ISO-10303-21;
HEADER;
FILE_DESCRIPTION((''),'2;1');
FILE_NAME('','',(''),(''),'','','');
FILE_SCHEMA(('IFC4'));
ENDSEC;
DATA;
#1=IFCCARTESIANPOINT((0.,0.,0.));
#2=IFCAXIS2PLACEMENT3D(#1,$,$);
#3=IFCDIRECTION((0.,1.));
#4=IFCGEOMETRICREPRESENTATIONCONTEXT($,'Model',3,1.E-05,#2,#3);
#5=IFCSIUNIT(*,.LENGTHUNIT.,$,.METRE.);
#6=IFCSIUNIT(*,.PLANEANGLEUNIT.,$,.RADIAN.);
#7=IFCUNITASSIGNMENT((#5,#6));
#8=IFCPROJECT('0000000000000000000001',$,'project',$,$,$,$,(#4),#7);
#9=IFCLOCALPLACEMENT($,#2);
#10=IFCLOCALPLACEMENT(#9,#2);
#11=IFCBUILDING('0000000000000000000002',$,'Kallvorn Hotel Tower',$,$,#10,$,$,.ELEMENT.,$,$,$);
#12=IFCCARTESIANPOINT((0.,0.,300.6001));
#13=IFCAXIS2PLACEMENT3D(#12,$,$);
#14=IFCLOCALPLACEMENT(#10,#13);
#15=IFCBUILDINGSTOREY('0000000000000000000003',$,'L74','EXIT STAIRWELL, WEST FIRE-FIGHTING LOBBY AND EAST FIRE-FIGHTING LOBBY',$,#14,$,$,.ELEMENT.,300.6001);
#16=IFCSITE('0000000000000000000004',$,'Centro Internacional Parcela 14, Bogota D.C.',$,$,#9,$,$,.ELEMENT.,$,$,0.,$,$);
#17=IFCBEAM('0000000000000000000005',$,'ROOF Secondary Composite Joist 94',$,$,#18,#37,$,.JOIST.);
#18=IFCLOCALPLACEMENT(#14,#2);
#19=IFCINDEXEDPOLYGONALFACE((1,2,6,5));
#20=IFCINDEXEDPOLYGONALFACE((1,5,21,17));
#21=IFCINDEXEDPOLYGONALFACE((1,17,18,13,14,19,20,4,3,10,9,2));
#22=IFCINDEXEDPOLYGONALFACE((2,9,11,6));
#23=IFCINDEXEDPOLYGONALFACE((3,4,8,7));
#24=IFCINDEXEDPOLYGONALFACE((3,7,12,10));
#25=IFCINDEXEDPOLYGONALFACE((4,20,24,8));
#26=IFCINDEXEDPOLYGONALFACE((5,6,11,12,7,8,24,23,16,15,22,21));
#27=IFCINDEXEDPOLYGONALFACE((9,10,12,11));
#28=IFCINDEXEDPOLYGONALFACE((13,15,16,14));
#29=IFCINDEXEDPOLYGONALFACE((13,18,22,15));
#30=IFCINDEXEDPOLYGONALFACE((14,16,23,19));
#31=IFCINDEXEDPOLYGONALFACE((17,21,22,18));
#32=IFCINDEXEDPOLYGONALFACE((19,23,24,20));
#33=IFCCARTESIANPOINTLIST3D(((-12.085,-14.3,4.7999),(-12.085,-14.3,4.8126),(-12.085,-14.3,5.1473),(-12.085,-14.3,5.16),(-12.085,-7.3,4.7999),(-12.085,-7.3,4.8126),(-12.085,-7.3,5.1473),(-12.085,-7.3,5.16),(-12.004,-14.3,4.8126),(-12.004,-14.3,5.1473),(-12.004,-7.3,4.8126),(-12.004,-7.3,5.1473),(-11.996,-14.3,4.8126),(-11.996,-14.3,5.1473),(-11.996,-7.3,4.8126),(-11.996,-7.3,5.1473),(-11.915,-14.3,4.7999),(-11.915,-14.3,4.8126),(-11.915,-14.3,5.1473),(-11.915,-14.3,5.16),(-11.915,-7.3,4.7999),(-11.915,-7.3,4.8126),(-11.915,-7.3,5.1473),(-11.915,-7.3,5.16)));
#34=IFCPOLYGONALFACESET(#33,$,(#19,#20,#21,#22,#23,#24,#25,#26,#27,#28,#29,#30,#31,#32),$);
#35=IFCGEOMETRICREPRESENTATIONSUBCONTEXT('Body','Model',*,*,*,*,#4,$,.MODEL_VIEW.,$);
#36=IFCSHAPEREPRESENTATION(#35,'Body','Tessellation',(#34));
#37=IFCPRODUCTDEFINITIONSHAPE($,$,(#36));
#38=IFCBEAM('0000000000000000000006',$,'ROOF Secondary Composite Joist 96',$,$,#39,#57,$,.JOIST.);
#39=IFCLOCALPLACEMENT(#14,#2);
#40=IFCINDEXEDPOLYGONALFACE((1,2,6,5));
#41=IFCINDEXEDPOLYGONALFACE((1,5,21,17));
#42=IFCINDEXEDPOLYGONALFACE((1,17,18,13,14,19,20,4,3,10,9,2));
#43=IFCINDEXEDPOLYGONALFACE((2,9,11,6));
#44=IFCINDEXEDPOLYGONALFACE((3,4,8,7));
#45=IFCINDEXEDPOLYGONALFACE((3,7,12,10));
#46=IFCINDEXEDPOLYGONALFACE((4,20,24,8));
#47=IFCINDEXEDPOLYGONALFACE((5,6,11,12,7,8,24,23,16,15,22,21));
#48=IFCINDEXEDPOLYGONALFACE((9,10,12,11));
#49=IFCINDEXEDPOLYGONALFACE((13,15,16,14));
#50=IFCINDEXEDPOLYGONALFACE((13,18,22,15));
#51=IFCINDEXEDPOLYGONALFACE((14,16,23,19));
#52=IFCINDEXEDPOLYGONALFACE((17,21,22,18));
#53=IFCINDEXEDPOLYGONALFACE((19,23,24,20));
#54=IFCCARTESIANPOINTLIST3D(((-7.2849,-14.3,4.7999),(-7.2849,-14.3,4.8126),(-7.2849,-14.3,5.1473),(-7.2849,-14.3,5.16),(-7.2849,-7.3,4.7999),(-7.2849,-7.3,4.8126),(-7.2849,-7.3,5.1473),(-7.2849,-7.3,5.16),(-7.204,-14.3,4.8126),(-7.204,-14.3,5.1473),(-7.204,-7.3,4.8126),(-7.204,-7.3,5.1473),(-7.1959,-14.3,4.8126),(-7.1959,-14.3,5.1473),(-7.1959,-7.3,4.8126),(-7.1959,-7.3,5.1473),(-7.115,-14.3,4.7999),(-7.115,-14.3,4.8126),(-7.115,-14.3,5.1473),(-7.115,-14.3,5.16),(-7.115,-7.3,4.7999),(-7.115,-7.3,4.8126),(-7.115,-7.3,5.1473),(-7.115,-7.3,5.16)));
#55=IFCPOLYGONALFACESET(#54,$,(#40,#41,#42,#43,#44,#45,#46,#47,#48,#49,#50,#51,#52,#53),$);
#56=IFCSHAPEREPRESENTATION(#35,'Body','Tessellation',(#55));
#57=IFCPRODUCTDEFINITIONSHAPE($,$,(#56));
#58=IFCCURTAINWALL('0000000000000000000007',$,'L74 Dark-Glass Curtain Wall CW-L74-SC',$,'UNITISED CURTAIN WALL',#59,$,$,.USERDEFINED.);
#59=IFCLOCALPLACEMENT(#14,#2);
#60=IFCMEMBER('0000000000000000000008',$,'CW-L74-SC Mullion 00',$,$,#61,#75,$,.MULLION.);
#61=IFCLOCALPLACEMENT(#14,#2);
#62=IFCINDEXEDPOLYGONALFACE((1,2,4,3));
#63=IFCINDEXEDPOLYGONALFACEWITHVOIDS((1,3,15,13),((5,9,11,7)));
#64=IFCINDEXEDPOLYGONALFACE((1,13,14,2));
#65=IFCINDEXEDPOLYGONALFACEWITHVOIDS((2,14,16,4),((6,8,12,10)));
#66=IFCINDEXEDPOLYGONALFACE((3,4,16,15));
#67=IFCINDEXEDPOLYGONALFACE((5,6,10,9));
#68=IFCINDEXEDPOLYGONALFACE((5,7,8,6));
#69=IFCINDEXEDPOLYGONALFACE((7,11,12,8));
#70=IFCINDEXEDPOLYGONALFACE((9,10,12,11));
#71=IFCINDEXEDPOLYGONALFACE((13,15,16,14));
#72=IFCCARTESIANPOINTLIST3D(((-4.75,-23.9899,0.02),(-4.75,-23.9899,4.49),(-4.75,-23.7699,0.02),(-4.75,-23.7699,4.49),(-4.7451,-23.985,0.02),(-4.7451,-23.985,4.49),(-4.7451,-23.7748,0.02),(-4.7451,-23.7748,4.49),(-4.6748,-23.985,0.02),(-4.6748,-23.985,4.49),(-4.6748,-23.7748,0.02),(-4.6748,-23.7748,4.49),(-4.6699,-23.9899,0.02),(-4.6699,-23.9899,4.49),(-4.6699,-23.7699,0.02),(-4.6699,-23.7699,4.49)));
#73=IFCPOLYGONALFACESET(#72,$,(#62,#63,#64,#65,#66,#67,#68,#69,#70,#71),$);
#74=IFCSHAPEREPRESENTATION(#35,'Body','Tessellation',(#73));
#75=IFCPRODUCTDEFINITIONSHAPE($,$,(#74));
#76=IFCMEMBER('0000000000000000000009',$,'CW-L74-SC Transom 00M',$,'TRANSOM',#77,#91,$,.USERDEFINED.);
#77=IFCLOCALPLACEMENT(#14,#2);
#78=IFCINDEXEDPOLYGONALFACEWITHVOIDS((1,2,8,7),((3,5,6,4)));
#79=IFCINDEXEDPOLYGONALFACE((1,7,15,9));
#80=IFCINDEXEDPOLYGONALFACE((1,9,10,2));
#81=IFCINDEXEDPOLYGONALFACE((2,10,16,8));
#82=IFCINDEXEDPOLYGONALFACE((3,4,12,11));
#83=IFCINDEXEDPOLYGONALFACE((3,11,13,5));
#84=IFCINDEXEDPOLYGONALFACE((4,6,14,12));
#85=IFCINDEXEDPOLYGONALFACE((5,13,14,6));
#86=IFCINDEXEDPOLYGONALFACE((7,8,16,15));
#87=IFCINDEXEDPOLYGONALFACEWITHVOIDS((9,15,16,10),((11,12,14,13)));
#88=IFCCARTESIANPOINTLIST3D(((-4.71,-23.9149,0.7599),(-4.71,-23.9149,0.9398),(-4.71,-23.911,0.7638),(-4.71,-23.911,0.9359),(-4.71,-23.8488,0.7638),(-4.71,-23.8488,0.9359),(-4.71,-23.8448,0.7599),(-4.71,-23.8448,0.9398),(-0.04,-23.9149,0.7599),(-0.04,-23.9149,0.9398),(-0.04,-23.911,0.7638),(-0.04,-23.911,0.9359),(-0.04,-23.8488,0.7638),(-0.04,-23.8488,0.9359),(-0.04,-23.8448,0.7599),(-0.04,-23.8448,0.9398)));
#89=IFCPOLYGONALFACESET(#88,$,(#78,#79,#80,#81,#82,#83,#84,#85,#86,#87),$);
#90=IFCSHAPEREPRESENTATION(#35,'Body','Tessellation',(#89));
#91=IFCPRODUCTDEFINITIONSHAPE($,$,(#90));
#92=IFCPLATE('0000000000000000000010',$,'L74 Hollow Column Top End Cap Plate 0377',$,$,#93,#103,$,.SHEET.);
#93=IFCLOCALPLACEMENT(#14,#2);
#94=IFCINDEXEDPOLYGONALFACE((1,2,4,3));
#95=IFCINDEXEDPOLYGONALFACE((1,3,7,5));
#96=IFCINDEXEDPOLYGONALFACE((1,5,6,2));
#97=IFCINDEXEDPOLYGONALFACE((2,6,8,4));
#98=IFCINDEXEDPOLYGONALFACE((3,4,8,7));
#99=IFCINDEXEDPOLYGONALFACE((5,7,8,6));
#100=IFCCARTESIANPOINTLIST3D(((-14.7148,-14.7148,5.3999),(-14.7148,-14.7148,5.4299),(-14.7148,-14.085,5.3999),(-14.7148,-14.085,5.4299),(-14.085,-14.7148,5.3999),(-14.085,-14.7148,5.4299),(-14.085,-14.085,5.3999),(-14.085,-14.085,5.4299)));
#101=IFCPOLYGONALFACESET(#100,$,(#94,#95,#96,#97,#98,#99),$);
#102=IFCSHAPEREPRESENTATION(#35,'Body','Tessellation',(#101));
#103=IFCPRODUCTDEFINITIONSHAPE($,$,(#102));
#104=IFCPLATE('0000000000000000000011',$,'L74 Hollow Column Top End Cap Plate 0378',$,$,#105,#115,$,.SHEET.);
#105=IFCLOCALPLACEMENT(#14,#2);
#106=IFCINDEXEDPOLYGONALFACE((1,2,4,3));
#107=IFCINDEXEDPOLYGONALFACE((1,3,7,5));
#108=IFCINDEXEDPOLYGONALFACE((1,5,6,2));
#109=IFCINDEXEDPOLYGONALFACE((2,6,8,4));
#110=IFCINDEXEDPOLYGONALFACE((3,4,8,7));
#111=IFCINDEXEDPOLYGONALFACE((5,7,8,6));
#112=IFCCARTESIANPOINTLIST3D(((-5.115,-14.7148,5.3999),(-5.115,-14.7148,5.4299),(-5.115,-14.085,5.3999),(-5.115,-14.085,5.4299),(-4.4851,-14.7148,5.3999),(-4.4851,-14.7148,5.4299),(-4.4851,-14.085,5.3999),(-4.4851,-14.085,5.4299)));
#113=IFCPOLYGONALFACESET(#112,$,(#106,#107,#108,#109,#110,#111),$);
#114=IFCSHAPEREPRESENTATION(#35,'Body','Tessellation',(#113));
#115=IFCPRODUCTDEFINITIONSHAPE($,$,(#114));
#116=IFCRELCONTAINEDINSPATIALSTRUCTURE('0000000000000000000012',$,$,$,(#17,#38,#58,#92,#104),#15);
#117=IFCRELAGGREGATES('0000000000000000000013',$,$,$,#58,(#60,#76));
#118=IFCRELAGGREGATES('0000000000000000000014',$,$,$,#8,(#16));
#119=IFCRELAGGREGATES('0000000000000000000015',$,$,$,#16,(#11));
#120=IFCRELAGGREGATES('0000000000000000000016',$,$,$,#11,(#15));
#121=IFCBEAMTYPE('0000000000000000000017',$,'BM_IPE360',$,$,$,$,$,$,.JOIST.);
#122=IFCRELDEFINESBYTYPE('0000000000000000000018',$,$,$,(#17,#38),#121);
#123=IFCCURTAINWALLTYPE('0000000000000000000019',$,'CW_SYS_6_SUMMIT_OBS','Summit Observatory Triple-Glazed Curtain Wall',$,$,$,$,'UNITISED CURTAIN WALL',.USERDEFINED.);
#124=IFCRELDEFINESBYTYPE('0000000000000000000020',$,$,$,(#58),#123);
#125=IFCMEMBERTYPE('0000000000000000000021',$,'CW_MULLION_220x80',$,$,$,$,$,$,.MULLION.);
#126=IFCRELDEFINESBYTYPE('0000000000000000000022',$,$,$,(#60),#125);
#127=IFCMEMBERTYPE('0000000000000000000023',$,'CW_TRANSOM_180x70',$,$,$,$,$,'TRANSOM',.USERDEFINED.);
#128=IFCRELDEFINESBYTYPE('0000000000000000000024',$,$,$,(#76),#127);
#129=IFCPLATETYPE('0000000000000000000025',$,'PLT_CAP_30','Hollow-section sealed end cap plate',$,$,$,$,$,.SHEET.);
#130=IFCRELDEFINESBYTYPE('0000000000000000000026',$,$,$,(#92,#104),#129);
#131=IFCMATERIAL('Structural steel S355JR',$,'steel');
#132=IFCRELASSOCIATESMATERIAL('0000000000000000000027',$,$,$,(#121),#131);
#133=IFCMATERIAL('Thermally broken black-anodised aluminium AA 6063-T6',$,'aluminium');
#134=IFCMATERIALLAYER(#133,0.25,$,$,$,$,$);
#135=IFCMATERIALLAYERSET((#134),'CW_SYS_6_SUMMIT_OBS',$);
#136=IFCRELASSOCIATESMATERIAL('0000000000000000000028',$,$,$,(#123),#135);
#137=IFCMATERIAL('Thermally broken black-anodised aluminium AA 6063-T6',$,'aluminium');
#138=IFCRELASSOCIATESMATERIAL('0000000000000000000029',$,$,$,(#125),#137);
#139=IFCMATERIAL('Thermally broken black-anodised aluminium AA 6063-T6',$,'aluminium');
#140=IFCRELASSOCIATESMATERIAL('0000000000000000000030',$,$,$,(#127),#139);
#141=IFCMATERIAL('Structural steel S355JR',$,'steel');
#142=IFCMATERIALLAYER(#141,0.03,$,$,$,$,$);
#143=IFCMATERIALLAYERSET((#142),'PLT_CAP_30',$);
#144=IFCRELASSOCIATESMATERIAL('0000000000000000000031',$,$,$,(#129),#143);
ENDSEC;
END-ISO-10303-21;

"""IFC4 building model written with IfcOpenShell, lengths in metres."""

from ifc_helpers import new_model, si_unit, direction, frame, origin, origin_2d, place, context, subcontext, project, spatial, rectangle, hollow_rectangle, i_section, extrude, material, layer, layer_set, material_profile, profile_set, type_object, element, aggregate, save


model = new_model("IFC4")

# Units and contexts
model_context = context("Model", 3, precision=1e-05, world=origin(), true_north=direction((0.0, 1.0)))
body_context = subcontext(model_context, "Body", "Model", "MODEL_VIEW")
ifc_project = project(units=[si_unit("LENGTHUNIT", "METRE"), si_unit("PLANEANGLEUNIT", "RADIAN")], contexts=[model_context])

# Site, building, storey
site_placement = place(None, origin())
site = spatial("IfcSite", under=ifc_project, at=site_placement, Name="Centro Internacional Parcela 14, Bogota D.C.", CompositionType="ELEMENT", RefElevation=0.0)
building_placement = place(site_placement, origin())
building = spatial("IfcBuilding", under=site, at=building_placement, Name="Kallvorn Hotel Tower", CompositionType="ELEMENT")
storey_placement = place(building_placement, frame((0.0, 0.0, 300.6001)))
storey = spatial("IfcBuildingStorey", under=building, at=storey_placement, Name="L74", Description="EXIT STAIRWELL, WEST FIRE-FIGHTING LOBBY AND EAST FIRE-FIGHTING LOBBY", CompositionType="ELEMENT", Elevation=300.6001)

# Beams
ifc_material_1 = material(Name="Structural steel S355JR", Category="steel")
ifc_material_profile_1 = material_profile(ifc_material_1, i_section(OverallWidth=0.1699, OverallDepth=0.3601, WebThickness=0.0081, FlangeThickness=0.0127, at=origin_2d()), Name="IPE 360")
ifc_profile_set_1 = profile_set([ifc_material_profile_1], Name="Structural steel S355JR")
beam_type_1 = type_object("IfcBeamType", Name="BM_IPE360", PredefinedType="JOIST", material=ifc_profile_set_1)
for number, where, z_axis, x_axis, name in (
    (1, (-12.0, -14.3, 4.98), (0.0, 1.0, 0.0), (-1.0, 0.0, 0.0), "ROOF Secondary Composite Joist 94"),
    (2, (-7.2, -14.3, 4.98), (0.0, 1.0, 0.0), (-1.0, 0.0, 0.0), "ROOF Secondary Composite Joist 96"),
):
    element("IfcBeam", number, at=place(storey_placement, frame(where, z_axis=z_axis, x_axis=x_axis)), inside=storey, type_object=beam_type_1, Name=name, PredefinedType="JOIST", context=body_context, shape_type="SweptSolid", body=[
        extrude(i_section(OverallWidth=0.1699, OverallDepth=0.3601, WebThickness=0.0081, FlangeThickness=0.0127, at=origin_2d()), origin(), (0.0, 0.0, 1.0), 7.0),
    ])

# Curtain wall, members
ifc_material_2 = material(Name="Thermally broken black-anodised aluminium AA 6063-T6", Category="aluminium")
ifc_layer_1 = layer(ifc_material_2, 0.25)
ifc_layer_set_1 = layer_set([ifc_layer_1], Name="CW_SYS_6_SUMMIT_OBS")
curtain_wall_type = type_object("IfcCurtainWallType", Name="CW_SYS_6_SUMMIT_OBS", Description="Summit Observatory Triple-Glazed Curtain Wall", ElementType="UNITISED CURTAIN WALL", PredefinedType="USERDEFINED", material=ifc_layer_set_1)
curtain_wall_placement = place(storey_placement, origin())
curtain_wall = element("IfcCurtainWall", 3, at=curtain_wall_placement, inside=storey, type_object=curtain_wall_type, Name="L74 Dark-Glass Curtain Wall CW-L74-SC", ObjectType="UNITISED CURTAIN WALL", PredefinedType="USERDEFINED")
ifc_material_3 = material(Name="Thermally broken black-anodised aluminium AA 6063-T6", Category="aluminium")
ifc_material_profile_2 = material_profile(ifc_material_3, hollow_rectangle(XDim=0.0801, YDim=0.22, WallThickness=0.0049, at=origin_2d()), Name="MUL 220x80")
ifc_profile_set_2 = profile_set([ifc_material_profile_2], Name="Thermally broken black-anodised aluminium AA 6063-T6")
member_type_1 = type_object("IfcMemberType", Name="CW_MULLION_220x80", PredefinedType="MULLION", material=ifc_profile_set_2)
member_1_placement = place(storey_placement, frame((-4.71, -23.8799, 0.02), z_axis=(0.0, 0.0, 1.0), x_axis=(1.0, 0.0, 0.0)))
member_1 = element("IfcMember", 4, at=member_1_placement, type_object=member_type_1, Name="CW-L74-SC Mullion 00", PredefinedType="MULLION", context=body_context, shape_type="SweptSolid", body=[
    extrude(hollow_rectangle(XDim=0.0801, YDim=0.22, WallThickness=0.0049, at=origin_2d()), origin(), (0.0, 0.0, 1.0), 4.47),
])
ifc_material_4 = material(Name="Thermally broken black-anodised aluminium AA 6063-T6", Category="aluminium")
ifc_material_profile_3 = material_profile(ifc_material_4, hollow_rectangle(XDim=0.0701, YDim=0.1799, WallThickness=0.0039, at=origin_2d()), Name="TRN 180x70")
ifc_profile_set_3 = profile_set([ifc_material_profile_3], Name="Thermally broken black-anodised aluminium AA 6063-T6")
member_type_2 = type_object("IfcMemberType", Name="CW_TRANSOM_180x70", ElementType="TRANSOM", PredefinedType="USERDEFINED", material=ifc_profile_set_3)
member_2_placement = place(storey_placement, frame((-4.71, -23.8799, 0.8499), z_axis=(1.0, 0.0, 0.0), x_axis=(0.0, 1.0, 0.0)))
member_2 = element("IfcMember", 5, at=member_2_placement, type_object=member_type_2, Name="CW-L74-SC Transom 00M", ObjectType="TRANSOM", PredefinedType="USERDEFINED", context=body_context, shape_type="SweptSolid", body=[
    extrude(hollow_rectangle(XDim=0.0701, YDim=0.1799, WallThickness=0.0039, at=origin_2d()), origin(), (0.0, 0.0, 1.0), 4.6699),
])
aggregate(curtain_wall, [member_1, member_2])

# Plates
ifc_material_5 = material(Name="Structural steel S355JR", Category="steel")
ifc_layer_2 = layer(ifc_material_5, 0.03)
ifc_layer_set_2 = layer_set([ifc_layer_2], Name="PLT_CAP_30")
plate_type = type_object("IfcPlateType", Name="PLT_CAP_30", Description="Hollow-section sealed end cap plate", PredefinedType="SHEET", material=ifc_layer_set_2)
for number, where, z_axis, x_axis, name in (
    (6, (-14.3999, -14.3999, 5.3999), (0.0, 0.0, 1.0), (1.0, 0.0, 0.0), "L74 Hollow Column Top End Cap Plate 0377"),
    (7, (-4.8, -14.3999, 5.3999), (0.0, 0.0, 1.0), (1.0, 0.0, 0.0), "L74 Hollow Column Top End Cap Plate 0378"),
):
    element("IfcPlate", number, at=place(storey_placement, frame(where, z_axis=z_axis, x_axis=x_axis)), inside=storey, type_object=plate_type, Name=name, PredefinedType="SHEET", context=body_context, shape_type="SweptSolid", body=[
        extrude(rectangle(XDim=0.6299, YDim=0.6299, at=origin_2d()), origin(), (0.0, 0.0, 1.0), 0.03),
    ])

save(model, "model.ifc")
